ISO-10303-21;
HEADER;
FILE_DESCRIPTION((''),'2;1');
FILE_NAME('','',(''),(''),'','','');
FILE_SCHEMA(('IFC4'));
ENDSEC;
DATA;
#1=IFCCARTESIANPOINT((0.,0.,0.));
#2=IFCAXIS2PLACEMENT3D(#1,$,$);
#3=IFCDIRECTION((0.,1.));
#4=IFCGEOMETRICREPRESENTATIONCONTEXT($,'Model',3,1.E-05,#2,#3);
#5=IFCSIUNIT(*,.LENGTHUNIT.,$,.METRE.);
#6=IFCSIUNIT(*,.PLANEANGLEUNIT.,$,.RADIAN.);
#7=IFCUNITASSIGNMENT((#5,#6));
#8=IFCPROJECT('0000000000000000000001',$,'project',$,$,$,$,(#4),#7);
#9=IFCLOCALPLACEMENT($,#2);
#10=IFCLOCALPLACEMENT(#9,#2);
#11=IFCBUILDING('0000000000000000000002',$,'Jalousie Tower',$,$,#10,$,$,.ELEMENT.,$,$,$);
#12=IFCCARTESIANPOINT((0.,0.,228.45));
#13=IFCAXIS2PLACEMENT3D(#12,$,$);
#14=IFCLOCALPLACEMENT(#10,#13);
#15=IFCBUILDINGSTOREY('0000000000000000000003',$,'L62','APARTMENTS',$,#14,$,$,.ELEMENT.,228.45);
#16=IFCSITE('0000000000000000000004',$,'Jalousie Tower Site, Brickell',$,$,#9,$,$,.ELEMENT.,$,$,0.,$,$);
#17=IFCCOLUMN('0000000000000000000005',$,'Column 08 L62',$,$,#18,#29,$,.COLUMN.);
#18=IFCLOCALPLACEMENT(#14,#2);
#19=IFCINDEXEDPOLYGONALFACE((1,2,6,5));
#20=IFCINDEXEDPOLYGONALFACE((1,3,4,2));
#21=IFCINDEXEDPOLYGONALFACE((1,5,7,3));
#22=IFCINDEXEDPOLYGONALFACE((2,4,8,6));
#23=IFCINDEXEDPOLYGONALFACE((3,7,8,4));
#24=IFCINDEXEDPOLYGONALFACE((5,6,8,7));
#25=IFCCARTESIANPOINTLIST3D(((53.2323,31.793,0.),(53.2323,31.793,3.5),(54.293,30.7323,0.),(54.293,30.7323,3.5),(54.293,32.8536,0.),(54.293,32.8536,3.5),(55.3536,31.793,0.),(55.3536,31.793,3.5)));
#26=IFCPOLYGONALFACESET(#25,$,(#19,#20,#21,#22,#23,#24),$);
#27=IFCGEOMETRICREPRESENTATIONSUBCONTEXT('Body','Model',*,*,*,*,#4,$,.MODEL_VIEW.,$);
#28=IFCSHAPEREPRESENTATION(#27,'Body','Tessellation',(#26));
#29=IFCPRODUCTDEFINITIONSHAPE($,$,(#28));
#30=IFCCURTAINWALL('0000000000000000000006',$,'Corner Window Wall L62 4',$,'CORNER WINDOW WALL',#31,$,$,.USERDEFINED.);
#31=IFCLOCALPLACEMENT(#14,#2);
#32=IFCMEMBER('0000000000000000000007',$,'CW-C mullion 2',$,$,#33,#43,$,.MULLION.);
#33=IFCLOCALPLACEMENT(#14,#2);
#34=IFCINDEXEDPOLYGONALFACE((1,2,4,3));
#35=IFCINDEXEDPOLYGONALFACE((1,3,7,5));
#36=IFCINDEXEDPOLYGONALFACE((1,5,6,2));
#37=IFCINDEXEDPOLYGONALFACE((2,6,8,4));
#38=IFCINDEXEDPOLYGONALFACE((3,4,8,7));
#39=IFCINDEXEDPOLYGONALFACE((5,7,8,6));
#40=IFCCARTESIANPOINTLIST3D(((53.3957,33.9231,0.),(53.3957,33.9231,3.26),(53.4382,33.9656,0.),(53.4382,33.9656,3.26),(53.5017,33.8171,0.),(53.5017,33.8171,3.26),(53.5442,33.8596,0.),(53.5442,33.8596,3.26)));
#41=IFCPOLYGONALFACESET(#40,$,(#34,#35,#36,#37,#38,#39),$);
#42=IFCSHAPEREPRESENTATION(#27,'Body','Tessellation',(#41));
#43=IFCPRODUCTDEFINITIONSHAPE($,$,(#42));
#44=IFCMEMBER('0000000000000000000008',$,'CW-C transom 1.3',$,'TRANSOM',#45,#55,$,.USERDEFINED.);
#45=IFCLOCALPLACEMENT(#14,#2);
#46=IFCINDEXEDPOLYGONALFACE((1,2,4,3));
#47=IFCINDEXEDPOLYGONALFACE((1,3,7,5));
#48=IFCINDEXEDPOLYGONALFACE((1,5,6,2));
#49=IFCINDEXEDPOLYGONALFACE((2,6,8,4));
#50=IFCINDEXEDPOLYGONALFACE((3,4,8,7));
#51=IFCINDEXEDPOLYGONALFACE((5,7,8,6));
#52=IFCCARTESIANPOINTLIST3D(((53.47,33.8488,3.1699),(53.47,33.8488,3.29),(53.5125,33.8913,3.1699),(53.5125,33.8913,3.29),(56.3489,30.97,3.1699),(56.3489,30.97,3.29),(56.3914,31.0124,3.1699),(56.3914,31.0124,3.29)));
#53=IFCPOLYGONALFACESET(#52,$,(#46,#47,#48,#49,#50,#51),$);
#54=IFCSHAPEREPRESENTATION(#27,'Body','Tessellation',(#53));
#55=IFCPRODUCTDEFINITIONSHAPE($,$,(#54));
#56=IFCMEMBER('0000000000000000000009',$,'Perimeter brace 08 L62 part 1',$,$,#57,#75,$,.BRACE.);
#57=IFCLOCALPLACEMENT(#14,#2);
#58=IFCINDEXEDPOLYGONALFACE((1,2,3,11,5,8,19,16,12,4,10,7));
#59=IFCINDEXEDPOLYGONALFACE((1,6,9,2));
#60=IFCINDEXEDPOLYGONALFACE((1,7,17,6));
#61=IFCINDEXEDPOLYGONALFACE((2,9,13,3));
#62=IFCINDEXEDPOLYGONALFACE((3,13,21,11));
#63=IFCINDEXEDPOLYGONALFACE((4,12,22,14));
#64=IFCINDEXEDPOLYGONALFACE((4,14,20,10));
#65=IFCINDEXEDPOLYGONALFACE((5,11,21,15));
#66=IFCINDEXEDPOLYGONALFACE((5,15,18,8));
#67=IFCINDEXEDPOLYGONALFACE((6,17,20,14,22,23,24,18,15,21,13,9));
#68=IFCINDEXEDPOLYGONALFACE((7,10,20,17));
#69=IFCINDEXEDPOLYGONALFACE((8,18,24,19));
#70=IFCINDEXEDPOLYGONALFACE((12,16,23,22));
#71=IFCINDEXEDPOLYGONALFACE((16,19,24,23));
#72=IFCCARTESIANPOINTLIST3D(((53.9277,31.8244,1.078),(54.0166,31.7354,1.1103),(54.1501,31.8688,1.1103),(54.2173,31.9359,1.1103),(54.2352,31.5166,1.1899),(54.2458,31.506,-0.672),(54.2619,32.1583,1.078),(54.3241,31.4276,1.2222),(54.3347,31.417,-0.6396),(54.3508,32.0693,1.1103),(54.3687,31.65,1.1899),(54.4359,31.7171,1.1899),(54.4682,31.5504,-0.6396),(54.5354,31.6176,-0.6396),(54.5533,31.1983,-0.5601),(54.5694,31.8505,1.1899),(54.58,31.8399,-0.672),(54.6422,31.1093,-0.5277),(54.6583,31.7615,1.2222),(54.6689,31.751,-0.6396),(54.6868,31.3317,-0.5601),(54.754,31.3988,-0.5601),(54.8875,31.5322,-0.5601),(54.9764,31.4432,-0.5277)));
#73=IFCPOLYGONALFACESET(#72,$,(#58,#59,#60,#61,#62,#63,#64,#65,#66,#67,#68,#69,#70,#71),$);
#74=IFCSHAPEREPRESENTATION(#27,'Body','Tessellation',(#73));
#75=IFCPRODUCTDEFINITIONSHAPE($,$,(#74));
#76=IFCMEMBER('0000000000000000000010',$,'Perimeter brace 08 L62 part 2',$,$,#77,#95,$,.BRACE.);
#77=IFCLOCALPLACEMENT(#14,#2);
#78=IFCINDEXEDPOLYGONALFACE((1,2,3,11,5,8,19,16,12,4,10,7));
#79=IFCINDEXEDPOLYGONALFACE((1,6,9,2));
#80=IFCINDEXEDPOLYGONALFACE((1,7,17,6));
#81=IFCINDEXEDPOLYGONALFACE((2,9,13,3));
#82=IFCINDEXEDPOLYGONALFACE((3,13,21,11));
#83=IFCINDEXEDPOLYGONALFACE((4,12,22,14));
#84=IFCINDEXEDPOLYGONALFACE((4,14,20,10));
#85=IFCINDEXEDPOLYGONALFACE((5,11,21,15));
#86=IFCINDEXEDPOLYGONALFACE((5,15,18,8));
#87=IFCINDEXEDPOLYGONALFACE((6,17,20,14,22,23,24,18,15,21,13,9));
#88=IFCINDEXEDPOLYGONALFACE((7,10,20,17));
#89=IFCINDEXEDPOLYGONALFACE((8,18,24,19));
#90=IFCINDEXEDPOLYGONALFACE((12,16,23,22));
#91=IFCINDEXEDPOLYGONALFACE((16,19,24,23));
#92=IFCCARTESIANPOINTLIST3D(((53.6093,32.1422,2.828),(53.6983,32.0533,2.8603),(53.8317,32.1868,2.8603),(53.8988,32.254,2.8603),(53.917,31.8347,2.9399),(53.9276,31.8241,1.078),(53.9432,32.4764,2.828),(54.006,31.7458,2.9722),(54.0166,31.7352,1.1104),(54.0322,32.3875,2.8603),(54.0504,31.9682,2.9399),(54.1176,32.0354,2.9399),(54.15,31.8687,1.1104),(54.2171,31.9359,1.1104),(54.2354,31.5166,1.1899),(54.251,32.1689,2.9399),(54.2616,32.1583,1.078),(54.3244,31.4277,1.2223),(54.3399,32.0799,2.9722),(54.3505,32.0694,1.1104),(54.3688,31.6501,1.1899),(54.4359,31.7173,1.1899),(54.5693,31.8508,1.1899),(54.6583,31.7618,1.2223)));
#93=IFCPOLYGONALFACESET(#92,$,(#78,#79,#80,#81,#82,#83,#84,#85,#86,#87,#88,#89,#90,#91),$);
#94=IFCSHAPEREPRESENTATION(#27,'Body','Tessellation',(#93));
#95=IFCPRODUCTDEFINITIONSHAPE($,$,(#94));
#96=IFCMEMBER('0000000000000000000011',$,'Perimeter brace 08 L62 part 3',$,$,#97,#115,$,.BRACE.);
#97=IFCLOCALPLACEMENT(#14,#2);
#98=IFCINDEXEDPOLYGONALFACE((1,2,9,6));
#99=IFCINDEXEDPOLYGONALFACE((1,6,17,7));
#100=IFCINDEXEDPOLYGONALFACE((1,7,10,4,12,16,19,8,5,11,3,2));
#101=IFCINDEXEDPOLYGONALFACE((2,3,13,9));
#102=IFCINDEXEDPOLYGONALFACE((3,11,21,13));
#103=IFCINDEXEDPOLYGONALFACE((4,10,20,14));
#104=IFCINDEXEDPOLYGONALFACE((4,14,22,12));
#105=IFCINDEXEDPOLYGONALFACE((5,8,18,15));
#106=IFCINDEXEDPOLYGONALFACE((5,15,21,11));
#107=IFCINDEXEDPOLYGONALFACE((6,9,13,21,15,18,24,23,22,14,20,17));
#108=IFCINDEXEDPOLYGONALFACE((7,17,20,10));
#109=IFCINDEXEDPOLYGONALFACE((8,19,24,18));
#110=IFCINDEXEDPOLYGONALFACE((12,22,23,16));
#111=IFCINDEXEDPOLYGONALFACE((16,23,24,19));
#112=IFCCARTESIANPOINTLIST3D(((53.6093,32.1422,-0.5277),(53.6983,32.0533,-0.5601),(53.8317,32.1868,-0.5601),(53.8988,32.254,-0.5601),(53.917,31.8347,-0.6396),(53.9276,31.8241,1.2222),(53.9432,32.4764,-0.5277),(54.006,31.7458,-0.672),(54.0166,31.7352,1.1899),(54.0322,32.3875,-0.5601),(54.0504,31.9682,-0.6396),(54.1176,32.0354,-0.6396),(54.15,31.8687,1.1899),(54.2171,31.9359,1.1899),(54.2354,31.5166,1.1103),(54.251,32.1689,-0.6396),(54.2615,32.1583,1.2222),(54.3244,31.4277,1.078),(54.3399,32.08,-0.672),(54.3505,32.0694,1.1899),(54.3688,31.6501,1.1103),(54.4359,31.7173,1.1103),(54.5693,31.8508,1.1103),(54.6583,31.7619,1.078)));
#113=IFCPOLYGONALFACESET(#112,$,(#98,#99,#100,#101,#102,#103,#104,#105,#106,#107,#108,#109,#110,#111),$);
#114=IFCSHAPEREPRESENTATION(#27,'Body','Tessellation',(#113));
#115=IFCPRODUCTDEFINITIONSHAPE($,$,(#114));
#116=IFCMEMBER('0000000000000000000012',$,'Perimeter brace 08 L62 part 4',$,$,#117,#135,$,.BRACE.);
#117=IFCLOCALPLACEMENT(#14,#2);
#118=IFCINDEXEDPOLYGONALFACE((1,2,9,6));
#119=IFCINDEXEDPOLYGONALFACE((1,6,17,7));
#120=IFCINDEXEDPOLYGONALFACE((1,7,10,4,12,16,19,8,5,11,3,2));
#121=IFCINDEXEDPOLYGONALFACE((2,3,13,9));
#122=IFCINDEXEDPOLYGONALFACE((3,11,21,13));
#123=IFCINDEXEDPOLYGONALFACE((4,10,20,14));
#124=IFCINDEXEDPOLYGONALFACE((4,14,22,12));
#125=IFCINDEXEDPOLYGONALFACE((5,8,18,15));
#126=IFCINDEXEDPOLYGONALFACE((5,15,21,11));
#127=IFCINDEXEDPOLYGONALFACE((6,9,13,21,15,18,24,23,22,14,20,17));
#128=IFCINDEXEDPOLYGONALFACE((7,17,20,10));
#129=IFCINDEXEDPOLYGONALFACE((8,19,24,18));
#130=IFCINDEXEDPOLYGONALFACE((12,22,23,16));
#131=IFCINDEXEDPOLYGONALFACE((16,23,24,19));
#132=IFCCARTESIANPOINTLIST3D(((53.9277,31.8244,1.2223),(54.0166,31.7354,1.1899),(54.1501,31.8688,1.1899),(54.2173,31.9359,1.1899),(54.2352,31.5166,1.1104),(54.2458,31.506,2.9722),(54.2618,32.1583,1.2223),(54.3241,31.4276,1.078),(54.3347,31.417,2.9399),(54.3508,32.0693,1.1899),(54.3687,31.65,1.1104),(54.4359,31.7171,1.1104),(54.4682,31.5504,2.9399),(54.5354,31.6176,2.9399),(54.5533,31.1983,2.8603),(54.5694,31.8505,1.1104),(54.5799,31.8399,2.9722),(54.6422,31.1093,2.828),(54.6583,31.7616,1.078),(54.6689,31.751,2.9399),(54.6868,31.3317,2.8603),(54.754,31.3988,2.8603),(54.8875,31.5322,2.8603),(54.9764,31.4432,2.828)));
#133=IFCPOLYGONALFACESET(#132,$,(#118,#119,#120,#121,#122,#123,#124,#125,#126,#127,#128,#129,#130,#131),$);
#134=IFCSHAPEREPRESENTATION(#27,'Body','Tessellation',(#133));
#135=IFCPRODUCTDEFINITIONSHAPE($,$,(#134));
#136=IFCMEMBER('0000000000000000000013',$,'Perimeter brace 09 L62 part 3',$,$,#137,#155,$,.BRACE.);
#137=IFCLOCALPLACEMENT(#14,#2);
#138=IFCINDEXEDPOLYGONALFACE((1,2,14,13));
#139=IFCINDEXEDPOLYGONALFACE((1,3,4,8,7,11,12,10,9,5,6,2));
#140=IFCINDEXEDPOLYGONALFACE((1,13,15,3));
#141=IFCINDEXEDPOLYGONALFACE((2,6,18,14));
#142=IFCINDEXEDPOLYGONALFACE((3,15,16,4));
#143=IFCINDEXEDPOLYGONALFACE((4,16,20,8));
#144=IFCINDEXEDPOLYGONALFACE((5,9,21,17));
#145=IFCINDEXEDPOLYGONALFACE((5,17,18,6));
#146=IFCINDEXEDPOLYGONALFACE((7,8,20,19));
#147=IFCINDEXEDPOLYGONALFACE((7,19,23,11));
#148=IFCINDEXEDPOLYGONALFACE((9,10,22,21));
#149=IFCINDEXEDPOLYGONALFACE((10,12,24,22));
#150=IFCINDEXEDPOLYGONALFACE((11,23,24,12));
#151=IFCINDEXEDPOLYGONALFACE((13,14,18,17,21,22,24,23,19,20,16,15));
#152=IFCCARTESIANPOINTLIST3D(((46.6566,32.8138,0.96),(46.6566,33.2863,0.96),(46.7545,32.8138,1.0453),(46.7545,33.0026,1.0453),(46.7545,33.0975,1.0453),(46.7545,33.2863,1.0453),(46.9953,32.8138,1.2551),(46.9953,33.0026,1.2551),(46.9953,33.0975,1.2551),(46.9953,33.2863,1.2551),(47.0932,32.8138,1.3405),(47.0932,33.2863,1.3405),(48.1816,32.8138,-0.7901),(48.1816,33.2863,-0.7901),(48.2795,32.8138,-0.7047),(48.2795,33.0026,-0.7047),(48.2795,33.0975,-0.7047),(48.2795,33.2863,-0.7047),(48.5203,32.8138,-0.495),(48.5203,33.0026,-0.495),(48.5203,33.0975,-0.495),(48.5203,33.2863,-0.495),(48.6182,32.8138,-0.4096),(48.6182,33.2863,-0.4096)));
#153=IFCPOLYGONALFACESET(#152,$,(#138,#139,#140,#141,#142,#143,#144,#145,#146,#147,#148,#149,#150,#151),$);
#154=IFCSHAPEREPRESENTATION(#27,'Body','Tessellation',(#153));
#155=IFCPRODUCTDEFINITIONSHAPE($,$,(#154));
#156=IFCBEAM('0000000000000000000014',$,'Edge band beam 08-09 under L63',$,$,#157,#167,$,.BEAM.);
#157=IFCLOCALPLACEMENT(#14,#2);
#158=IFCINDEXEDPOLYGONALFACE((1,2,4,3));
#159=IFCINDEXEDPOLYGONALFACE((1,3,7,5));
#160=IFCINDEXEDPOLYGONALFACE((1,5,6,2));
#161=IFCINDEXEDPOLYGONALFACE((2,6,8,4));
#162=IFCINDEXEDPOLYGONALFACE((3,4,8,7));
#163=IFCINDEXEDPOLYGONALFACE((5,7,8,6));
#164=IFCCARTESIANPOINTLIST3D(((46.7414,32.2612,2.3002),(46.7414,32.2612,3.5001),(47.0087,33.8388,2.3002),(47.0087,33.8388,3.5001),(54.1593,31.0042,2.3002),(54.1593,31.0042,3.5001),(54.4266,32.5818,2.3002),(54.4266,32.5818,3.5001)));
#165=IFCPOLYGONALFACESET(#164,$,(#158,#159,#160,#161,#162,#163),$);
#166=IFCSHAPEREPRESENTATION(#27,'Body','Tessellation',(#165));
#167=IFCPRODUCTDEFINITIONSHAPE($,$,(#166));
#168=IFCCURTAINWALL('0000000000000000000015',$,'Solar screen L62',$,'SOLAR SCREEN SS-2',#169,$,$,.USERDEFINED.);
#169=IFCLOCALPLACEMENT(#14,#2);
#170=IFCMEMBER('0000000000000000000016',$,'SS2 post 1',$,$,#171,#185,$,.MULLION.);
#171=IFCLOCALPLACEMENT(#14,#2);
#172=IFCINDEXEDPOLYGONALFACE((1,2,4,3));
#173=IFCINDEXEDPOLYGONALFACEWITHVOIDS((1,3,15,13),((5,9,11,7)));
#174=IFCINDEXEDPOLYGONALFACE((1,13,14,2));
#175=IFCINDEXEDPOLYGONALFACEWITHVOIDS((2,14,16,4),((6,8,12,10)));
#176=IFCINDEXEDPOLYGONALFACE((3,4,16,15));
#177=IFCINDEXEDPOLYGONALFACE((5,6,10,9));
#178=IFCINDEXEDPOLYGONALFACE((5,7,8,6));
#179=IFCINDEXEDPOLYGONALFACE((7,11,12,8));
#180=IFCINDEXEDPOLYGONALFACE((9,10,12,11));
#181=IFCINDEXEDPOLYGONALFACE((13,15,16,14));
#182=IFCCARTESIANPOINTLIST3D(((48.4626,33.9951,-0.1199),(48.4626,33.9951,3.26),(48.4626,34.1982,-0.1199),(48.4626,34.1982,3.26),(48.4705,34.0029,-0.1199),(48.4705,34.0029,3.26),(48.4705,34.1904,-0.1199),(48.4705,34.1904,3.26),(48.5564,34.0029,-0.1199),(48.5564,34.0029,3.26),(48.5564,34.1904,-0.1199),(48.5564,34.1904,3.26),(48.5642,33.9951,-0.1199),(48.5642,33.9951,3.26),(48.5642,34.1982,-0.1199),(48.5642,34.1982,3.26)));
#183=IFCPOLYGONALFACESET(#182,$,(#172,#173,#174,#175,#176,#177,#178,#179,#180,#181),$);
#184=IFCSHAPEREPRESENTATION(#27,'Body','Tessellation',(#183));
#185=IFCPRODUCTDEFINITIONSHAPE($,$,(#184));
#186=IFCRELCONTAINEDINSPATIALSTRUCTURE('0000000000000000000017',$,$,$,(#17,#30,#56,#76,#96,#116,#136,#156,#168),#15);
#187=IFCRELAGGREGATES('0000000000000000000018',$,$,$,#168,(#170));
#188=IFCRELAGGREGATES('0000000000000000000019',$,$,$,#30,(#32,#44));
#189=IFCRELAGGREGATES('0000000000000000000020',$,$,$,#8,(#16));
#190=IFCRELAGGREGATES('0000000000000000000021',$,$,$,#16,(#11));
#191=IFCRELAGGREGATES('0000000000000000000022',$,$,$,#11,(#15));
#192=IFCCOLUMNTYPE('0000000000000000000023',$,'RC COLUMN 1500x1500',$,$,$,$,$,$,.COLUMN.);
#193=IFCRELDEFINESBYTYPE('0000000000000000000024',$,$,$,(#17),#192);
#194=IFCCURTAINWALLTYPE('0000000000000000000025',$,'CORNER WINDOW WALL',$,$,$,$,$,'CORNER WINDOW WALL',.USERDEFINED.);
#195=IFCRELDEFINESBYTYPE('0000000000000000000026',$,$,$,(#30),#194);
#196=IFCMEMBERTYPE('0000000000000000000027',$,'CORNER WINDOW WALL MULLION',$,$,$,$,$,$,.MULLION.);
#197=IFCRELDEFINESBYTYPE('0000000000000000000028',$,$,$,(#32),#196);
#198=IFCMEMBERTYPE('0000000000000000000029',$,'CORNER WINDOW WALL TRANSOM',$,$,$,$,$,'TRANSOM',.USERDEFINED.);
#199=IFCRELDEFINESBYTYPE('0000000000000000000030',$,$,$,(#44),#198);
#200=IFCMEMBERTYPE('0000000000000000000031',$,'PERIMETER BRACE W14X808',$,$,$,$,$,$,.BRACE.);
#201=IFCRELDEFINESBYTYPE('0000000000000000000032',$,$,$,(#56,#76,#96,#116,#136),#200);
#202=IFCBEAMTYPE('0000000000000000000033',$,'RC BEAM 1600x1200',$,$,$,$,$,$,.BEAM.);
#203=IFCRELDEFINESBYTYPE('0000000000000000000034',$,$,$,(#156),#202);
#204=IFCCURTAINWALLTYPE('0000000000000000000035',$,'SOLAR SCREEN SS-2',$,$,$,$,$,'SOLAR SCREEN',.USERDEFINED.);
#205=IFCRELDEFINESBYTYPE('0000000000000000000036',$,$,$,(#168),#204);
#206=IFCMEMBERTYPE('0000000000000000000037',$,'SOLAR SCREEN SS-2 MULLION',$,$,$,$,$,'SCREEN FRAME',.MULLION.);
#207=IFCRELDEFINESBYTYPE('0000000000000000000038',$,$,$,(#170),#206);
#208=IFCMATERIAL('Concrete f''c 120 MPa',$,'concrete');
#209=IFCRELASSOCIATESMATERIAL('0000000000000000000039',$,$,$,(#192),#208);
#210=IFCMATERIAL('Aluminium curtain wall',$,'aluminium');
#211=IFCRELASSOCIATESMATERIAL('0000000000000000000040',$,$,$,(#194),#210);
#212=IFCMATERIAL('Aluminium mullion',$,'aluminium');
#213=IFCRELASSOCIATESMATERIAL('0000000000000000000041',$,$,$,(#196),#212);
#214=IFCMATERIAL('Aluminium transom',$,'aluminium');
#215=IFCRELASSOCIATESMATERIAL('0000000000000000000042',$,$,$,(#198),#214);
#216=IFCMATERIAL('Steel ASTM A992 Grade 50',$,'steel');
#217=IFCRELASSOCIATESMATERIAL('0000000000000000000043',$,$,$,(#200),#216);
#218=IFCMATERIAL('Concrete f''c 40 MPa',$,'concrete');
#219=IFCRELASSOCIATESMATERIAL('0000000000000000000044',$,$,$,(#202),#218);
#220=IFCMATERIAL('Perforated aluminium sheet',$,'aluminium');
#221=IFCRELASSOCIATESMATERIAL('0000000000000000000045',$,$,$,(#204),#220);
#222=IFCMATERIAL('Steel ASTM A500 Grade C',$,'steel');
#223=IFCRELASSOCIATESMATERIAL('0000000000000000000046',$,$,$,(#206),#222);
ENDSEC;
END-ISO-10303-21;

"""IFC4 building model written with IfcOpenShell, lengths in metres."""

from ifc_helpers import new_model, si_unit, direction, frame, origin, origin_2d, place, context, subcontext, project, spatial, rectangle, hollow_rectangle, i_section, extrude, material, material_profile, profile_set, type_object, element, aggregate, save


model = new_model("IFC4")

# Units and contexts
model_context = context("Model", 3, precision=1e-05, world=origin(), true_north=direction((0.0, 1.0)))
body_context = subcontext(model_context, "Body", "Model", "MODEL_VIEW")
ifc_project = project(units=[si_unit("LENGTHUNIT", "METRE"), si_unit("PLANEANGLEUNIT", "RADIAN")], contexts=[model_context])

# Site, building, storey
site_placement = place(None, origin())
site = spatial("IfcSite", under=ifc_project, at=site_placement, Name="Jalousie Tower Site, Brickell", CompositionType="ELEMENT", RefElevation=0.0)
building_placement = place(site_placement, origin())
building = spatial("IfcBuilding", under=site, at=building_placement, Name="Jalousie Tower", CompositionType="ELEMENT")
storey_placement = place(building_placement, frame((0.0, 0.0, 228.45)))
storey = spatial("IfcBuildingStorey", under=building, at=storey_placement, Name="L62", Description="APARTMENTS", CompositionType="ELEMENT", Elevation=228.45)

# Column
ifc_material_1 = material(Name="Concrete f'c 120 MPa", Category="concrete")
ifc_material_profile_1 = material_profile(ifc_material_1, rectangle(XDim=1.5, YDim=1.5, at=origin_2d()), Name="RC 1500x1500")
ifc_profile_set_1 = profile_set([ifc_material_profile_1], Name="Concrete f'c 120 MPa")
column_type = type_object("IfcColumnType", Name="RC COLUMN 1500x1500", PredefinedType="COLUMN", material=ifc_profile_set_1)
column_placement = place(storey_placement, frame((54.293, 31.793, 0.0), z_axis=(0.0, 0.0, 1.0), x_axis=(0.707107, 0.707107, 0.0)))
element("IfcColumn", 1, at=column_placement, inside=storey, type_object=column_type, Name="Column 08 L62", PredefinedType="COLUMN", context=body_context, shape_type="SweptSolid", body=[
    extrude(rectangle(XDim=1.5, YDim=1.5, at=origin_2d()), origin(), (0.0, 0.0, 1.0), 3.5),
])

# Curtain wall, members
ifc_material_2 = material(Name="Aluminium curtain wall", Category="aluminium")
curtain_wall_type_1 = type_object("IfcCurtainWallType", Name="CORNER WINDOW WALL", ElementType="CORNER WINDOW WALL", PredefinedType="USERDEFINED", material=ifc_material_2)
curtain_wall_1_placement = place(storey_placement, origin())
curtain_wall_1 = element("IfcCurtainWall", 2, at=curtain_wall_1_placement, inside=storey, type_object=curtain_wall_type_1, Name="Corner Window Wall L62 4", ObjectType="CORNER WINDOW WALL", PredefinedType="USERDEFINED")
ifc_material_3 = material(Name="Aluminium mullion", Category="aluminium")
ifc_material_profile_2 = material_profile(ifc_material_3, rectangle(XDim=0.0601, YDim=0.1499, at=origin_2d()), Name="MULLION 60x150")
ifc_profile_set_2 = profile_set([ifc_material_profile_2], Name="Aluminium mullion")
member_type_1 = type_object("IfcMemberType", Name="CORNER WINDOW WALL MULLION", PredefinedType="MULLION", material=ifc_profile_set_2)
member_1_placement = place(storey_placement, frame((53.47, 33.8914, 0.0), z_axis=(0.0, 0.0, 1.0), x_axis=(-0.707107, -0.707107, 0.0)))
member_1 = element("IfcMember", 3, at=member_1_placement, type_object=member_type_1, Name="CW-C mullion 2", PredefinedType="MULLION", context=body_context, shape_type="SweptSolid", body=[
    extrude(rectangle(XDim=0.0601, YDim=0.1499, at=origin_2d()), origin(), (0.0, 0.0, 1.0), 3.26),
])
ifc_material_4 = material(Name="Aluminium transom", Category="aluminium")
ifc_material_profile_3 = material_profile(ifc_material_4, rectangle(XDim=0.0601, YDim=0.1201, at=origin_2d()), Name="TRANSOM 60x120")
ifc_profile_set_3 = profile_set([ifc_material_profile_3], Name="Aluminium transom")
member_type_2 = type_object("IfcMemberType", Name="CORNER WINDOW WALL TRANSOM", ElementType="TRANSOM", PredefinedType="USERDEFINED", material=ifc_profile_set_3)
member_2_placement = place(storey_placement, frame((56.3701, 30.9912, 3.23), z_axis=(-0.707107, 0.707107, 0.0), x_axis=(-0.707107, -0.707107, 0.0)))
member_2 = element("IfcMember", 4, at=member_2_placement, type_object=member_type_2, Name="CW-C transom 1.3", ObjectType="TRANSOM", PredefinedType="USERDEFINED", context=body_context, shape_type="SweptSolid", body=[
    extrude(rectangle(XDim=0.0601, YDim=0.1201, at=origin_2d()), origin(), (0.0, 0.0, 1.0), 4.0713),
])

# Members
ifc_material_5 = material(Name="Steel ASTM A992 Grade 50", Category="steel")
ifc_material_profile_4 = material_profile(ifc_material_5, i_section(OverallWidth=0.4724, OverallDepth=0.5791, WebThickness=0.095, FlangeThickness=0.1299, at=origin_2d()), Name="W14X808")
ifc_profile_set_4 = profile_set([ifc_material_profile_4], Name="Steel ASTM A992 Grade 50")
member_type_3 = type_object("IfcMemberType", Name="PERIMETER BRACE W14X808", PredefinedType="BRACE", material=ifc_profile_set_4)
for number, where, z_axis, x_axis, name in (
    (5, (54.6111, 31.4746, -0.5999), (-0.176051, 0.176187, 0.968486), (-0.707378, -0.706835, 0.0), "Perimeter brace 08 L62 part 1"),
    (6, (54.293, 31.793, 1.1501), (-0.176187, 0.176051, 0.968486), (-0.706835, -0.707378, 0.0), "Perimeter brace 08 L62 part 2"),
    (7, (53.9746, 32.1111, -0.5999), (0.176187, -0.176051, 0.968486), (0.706835, 0.707378, 0.0), "Perimeter brace 08 L62 part 3"),
    (8, (54.293, 31.793, 1.1501), (0.176051, -0.176187, 0.968486), (0.707378, 0.706835, 0.0), "Perimeter brace 08 L62 part 4"),
):
    element("IfcMember", number, at=place(storey_placement, frame(where, z_axis=z_axis, x_axis=x_axis)), inside=storey, type_object=member_type_3, Name=name, PredefinedType="BRACE", context=body_context, shape_type="SweptSolid", body=[
        extrude(i_section(OverallWidth=0.4724, OverallDepth=0.5791, WebThickness=0.095, FlangeThickness=0.1299, at=origin_2d()), origin(), (0.0, 0.0, 1.0), 1.8069),
    ])
member_3_placement = place(storey_placement, frame((48.3999, 33.05, -0.5999), z_axis=(-0.656954, 0.0, 0.75393), x_axis=(0.0, -1.0, 0.0)))
element("IfcMember", 9, at=member_3_placement, inside=storey, type_object=member_type_3, Name="Perimeter brace 09 L62 part 3", PredefinedType="BRACE", context=body_context, shape_type="SweptSolid", body=[
    extrude(i_section(OverallWidth=0.4724, OverallDepth=0.5791, WebThickness=0.095, FlangeThickness=0.1299, at=origin_2d()), origin(), (0.0, 0.0, 1.0), 2.3213),
])

# Beam
ifc_material_6 = material(Name="Concrete f'c 40 MPa", Category="concrete")
ifc_material_profile_5 = material_profile(ifc_material_6, rectangle(XDim=1.6001, YDim=1.2, at=origin_2d()), Name="RC 1600x1200")
ifc_profile_set_5 = profile_set([ifc_material_profile_5], Name="Concrete f'c 40 MPa")
beam_type = type_object("IfcBeamType", Name="RC BEAM 1600x1200", PredefinedType="BEAM", material=ifc_profile_set_5)
beam_placement = place(storey_placement, frame((54.293, 31.793, 2.9001), z_axis=(-0.985943, 0.167082, 0.0), x_axis=(-0.167082, -0.985943, 0.0)))
element("IfcBeam", 10, at=beam_placement, inside=storey, type_object=beam_type, Name="Edge band beam 08-09 under L63", PredefinedType="BEAM", context=body_context, shape_type="SweptSolid", body=[
    extrude(rectangle(XDim=1.6001, YDim=1.2, at=origin_2d()), origin(), (0.0, 0.0, 1.0), 7.5237),
])

# Curtain wall, member
ifc_material_7 = material(Name="Perforated aluminium sheet", Category="aluminium")
curtain_wall_type_2 = type_object("IfcCurtainWallType", Name="SOLAR SCREEN SS-2", ElementType="SOLAR SCREEN", PredefinedType="USERDEFINED", material=ifc_material_7)
curtain_wall_2_placement = place(storey_placement, origin())
curtain_wall_2 = element("IfcCurtainWall", 11, at=curtain_wall_2_placement, inside=storey, type_object=curtain_wall_type_2, Name="Solar screen L62", ObjectType="SOLAR SCREEN SS-2", PredefinedType="USERDEFINED")
ifc_material_8 = material(Name="Steel ASTM A500 Grade C", Category="steel")
ifc_material_profile_6 = material_profile(ifc_material_8, hollow_rectangle(XDim=0.1016, YDim=0.2031, WallThickness=0.0078, at=origin_2d()), Name="HSS8X4X5/16")
ifc_profile_set_6 = profile_set([ifc_material_profile_6], Name="Steel ASTM A500 Grade C")
member_type_4 = type_object("IfcMemberType", Name="SOLAR SCREEN SS-2 MULLION", ElementType="SCREEN FRAME", PredefinedType="MULLION", material=ifc_profile_set_6)
member_4_placement = place(storey_placement, frame((48.5134, 34.0967, -0.1199), z_axis=(0.0, 0.0, 1.0), x_axis=(-1.0, 0.0, 0.0)))
member_4 = element("IfcMember", 12, at=member_4_placement, type_object=member_type_4, Name="SS2 post 1", PredefinedType="MULLION", context=body_context, shape_type="SweptSolid", body=[
    extrude(hollow_rectangle(XDim=0.1016, YDim=0.2031, WallThickness=0.0078, at=origin_2d()), origin(), (0.0, 0.0, 1.0), 3.3799),
])
aggregate(curtain_wall_2, [member_4])

aggregate(curtain_wall_1, [member_1, member_2])

save(model, "model.ifc")
